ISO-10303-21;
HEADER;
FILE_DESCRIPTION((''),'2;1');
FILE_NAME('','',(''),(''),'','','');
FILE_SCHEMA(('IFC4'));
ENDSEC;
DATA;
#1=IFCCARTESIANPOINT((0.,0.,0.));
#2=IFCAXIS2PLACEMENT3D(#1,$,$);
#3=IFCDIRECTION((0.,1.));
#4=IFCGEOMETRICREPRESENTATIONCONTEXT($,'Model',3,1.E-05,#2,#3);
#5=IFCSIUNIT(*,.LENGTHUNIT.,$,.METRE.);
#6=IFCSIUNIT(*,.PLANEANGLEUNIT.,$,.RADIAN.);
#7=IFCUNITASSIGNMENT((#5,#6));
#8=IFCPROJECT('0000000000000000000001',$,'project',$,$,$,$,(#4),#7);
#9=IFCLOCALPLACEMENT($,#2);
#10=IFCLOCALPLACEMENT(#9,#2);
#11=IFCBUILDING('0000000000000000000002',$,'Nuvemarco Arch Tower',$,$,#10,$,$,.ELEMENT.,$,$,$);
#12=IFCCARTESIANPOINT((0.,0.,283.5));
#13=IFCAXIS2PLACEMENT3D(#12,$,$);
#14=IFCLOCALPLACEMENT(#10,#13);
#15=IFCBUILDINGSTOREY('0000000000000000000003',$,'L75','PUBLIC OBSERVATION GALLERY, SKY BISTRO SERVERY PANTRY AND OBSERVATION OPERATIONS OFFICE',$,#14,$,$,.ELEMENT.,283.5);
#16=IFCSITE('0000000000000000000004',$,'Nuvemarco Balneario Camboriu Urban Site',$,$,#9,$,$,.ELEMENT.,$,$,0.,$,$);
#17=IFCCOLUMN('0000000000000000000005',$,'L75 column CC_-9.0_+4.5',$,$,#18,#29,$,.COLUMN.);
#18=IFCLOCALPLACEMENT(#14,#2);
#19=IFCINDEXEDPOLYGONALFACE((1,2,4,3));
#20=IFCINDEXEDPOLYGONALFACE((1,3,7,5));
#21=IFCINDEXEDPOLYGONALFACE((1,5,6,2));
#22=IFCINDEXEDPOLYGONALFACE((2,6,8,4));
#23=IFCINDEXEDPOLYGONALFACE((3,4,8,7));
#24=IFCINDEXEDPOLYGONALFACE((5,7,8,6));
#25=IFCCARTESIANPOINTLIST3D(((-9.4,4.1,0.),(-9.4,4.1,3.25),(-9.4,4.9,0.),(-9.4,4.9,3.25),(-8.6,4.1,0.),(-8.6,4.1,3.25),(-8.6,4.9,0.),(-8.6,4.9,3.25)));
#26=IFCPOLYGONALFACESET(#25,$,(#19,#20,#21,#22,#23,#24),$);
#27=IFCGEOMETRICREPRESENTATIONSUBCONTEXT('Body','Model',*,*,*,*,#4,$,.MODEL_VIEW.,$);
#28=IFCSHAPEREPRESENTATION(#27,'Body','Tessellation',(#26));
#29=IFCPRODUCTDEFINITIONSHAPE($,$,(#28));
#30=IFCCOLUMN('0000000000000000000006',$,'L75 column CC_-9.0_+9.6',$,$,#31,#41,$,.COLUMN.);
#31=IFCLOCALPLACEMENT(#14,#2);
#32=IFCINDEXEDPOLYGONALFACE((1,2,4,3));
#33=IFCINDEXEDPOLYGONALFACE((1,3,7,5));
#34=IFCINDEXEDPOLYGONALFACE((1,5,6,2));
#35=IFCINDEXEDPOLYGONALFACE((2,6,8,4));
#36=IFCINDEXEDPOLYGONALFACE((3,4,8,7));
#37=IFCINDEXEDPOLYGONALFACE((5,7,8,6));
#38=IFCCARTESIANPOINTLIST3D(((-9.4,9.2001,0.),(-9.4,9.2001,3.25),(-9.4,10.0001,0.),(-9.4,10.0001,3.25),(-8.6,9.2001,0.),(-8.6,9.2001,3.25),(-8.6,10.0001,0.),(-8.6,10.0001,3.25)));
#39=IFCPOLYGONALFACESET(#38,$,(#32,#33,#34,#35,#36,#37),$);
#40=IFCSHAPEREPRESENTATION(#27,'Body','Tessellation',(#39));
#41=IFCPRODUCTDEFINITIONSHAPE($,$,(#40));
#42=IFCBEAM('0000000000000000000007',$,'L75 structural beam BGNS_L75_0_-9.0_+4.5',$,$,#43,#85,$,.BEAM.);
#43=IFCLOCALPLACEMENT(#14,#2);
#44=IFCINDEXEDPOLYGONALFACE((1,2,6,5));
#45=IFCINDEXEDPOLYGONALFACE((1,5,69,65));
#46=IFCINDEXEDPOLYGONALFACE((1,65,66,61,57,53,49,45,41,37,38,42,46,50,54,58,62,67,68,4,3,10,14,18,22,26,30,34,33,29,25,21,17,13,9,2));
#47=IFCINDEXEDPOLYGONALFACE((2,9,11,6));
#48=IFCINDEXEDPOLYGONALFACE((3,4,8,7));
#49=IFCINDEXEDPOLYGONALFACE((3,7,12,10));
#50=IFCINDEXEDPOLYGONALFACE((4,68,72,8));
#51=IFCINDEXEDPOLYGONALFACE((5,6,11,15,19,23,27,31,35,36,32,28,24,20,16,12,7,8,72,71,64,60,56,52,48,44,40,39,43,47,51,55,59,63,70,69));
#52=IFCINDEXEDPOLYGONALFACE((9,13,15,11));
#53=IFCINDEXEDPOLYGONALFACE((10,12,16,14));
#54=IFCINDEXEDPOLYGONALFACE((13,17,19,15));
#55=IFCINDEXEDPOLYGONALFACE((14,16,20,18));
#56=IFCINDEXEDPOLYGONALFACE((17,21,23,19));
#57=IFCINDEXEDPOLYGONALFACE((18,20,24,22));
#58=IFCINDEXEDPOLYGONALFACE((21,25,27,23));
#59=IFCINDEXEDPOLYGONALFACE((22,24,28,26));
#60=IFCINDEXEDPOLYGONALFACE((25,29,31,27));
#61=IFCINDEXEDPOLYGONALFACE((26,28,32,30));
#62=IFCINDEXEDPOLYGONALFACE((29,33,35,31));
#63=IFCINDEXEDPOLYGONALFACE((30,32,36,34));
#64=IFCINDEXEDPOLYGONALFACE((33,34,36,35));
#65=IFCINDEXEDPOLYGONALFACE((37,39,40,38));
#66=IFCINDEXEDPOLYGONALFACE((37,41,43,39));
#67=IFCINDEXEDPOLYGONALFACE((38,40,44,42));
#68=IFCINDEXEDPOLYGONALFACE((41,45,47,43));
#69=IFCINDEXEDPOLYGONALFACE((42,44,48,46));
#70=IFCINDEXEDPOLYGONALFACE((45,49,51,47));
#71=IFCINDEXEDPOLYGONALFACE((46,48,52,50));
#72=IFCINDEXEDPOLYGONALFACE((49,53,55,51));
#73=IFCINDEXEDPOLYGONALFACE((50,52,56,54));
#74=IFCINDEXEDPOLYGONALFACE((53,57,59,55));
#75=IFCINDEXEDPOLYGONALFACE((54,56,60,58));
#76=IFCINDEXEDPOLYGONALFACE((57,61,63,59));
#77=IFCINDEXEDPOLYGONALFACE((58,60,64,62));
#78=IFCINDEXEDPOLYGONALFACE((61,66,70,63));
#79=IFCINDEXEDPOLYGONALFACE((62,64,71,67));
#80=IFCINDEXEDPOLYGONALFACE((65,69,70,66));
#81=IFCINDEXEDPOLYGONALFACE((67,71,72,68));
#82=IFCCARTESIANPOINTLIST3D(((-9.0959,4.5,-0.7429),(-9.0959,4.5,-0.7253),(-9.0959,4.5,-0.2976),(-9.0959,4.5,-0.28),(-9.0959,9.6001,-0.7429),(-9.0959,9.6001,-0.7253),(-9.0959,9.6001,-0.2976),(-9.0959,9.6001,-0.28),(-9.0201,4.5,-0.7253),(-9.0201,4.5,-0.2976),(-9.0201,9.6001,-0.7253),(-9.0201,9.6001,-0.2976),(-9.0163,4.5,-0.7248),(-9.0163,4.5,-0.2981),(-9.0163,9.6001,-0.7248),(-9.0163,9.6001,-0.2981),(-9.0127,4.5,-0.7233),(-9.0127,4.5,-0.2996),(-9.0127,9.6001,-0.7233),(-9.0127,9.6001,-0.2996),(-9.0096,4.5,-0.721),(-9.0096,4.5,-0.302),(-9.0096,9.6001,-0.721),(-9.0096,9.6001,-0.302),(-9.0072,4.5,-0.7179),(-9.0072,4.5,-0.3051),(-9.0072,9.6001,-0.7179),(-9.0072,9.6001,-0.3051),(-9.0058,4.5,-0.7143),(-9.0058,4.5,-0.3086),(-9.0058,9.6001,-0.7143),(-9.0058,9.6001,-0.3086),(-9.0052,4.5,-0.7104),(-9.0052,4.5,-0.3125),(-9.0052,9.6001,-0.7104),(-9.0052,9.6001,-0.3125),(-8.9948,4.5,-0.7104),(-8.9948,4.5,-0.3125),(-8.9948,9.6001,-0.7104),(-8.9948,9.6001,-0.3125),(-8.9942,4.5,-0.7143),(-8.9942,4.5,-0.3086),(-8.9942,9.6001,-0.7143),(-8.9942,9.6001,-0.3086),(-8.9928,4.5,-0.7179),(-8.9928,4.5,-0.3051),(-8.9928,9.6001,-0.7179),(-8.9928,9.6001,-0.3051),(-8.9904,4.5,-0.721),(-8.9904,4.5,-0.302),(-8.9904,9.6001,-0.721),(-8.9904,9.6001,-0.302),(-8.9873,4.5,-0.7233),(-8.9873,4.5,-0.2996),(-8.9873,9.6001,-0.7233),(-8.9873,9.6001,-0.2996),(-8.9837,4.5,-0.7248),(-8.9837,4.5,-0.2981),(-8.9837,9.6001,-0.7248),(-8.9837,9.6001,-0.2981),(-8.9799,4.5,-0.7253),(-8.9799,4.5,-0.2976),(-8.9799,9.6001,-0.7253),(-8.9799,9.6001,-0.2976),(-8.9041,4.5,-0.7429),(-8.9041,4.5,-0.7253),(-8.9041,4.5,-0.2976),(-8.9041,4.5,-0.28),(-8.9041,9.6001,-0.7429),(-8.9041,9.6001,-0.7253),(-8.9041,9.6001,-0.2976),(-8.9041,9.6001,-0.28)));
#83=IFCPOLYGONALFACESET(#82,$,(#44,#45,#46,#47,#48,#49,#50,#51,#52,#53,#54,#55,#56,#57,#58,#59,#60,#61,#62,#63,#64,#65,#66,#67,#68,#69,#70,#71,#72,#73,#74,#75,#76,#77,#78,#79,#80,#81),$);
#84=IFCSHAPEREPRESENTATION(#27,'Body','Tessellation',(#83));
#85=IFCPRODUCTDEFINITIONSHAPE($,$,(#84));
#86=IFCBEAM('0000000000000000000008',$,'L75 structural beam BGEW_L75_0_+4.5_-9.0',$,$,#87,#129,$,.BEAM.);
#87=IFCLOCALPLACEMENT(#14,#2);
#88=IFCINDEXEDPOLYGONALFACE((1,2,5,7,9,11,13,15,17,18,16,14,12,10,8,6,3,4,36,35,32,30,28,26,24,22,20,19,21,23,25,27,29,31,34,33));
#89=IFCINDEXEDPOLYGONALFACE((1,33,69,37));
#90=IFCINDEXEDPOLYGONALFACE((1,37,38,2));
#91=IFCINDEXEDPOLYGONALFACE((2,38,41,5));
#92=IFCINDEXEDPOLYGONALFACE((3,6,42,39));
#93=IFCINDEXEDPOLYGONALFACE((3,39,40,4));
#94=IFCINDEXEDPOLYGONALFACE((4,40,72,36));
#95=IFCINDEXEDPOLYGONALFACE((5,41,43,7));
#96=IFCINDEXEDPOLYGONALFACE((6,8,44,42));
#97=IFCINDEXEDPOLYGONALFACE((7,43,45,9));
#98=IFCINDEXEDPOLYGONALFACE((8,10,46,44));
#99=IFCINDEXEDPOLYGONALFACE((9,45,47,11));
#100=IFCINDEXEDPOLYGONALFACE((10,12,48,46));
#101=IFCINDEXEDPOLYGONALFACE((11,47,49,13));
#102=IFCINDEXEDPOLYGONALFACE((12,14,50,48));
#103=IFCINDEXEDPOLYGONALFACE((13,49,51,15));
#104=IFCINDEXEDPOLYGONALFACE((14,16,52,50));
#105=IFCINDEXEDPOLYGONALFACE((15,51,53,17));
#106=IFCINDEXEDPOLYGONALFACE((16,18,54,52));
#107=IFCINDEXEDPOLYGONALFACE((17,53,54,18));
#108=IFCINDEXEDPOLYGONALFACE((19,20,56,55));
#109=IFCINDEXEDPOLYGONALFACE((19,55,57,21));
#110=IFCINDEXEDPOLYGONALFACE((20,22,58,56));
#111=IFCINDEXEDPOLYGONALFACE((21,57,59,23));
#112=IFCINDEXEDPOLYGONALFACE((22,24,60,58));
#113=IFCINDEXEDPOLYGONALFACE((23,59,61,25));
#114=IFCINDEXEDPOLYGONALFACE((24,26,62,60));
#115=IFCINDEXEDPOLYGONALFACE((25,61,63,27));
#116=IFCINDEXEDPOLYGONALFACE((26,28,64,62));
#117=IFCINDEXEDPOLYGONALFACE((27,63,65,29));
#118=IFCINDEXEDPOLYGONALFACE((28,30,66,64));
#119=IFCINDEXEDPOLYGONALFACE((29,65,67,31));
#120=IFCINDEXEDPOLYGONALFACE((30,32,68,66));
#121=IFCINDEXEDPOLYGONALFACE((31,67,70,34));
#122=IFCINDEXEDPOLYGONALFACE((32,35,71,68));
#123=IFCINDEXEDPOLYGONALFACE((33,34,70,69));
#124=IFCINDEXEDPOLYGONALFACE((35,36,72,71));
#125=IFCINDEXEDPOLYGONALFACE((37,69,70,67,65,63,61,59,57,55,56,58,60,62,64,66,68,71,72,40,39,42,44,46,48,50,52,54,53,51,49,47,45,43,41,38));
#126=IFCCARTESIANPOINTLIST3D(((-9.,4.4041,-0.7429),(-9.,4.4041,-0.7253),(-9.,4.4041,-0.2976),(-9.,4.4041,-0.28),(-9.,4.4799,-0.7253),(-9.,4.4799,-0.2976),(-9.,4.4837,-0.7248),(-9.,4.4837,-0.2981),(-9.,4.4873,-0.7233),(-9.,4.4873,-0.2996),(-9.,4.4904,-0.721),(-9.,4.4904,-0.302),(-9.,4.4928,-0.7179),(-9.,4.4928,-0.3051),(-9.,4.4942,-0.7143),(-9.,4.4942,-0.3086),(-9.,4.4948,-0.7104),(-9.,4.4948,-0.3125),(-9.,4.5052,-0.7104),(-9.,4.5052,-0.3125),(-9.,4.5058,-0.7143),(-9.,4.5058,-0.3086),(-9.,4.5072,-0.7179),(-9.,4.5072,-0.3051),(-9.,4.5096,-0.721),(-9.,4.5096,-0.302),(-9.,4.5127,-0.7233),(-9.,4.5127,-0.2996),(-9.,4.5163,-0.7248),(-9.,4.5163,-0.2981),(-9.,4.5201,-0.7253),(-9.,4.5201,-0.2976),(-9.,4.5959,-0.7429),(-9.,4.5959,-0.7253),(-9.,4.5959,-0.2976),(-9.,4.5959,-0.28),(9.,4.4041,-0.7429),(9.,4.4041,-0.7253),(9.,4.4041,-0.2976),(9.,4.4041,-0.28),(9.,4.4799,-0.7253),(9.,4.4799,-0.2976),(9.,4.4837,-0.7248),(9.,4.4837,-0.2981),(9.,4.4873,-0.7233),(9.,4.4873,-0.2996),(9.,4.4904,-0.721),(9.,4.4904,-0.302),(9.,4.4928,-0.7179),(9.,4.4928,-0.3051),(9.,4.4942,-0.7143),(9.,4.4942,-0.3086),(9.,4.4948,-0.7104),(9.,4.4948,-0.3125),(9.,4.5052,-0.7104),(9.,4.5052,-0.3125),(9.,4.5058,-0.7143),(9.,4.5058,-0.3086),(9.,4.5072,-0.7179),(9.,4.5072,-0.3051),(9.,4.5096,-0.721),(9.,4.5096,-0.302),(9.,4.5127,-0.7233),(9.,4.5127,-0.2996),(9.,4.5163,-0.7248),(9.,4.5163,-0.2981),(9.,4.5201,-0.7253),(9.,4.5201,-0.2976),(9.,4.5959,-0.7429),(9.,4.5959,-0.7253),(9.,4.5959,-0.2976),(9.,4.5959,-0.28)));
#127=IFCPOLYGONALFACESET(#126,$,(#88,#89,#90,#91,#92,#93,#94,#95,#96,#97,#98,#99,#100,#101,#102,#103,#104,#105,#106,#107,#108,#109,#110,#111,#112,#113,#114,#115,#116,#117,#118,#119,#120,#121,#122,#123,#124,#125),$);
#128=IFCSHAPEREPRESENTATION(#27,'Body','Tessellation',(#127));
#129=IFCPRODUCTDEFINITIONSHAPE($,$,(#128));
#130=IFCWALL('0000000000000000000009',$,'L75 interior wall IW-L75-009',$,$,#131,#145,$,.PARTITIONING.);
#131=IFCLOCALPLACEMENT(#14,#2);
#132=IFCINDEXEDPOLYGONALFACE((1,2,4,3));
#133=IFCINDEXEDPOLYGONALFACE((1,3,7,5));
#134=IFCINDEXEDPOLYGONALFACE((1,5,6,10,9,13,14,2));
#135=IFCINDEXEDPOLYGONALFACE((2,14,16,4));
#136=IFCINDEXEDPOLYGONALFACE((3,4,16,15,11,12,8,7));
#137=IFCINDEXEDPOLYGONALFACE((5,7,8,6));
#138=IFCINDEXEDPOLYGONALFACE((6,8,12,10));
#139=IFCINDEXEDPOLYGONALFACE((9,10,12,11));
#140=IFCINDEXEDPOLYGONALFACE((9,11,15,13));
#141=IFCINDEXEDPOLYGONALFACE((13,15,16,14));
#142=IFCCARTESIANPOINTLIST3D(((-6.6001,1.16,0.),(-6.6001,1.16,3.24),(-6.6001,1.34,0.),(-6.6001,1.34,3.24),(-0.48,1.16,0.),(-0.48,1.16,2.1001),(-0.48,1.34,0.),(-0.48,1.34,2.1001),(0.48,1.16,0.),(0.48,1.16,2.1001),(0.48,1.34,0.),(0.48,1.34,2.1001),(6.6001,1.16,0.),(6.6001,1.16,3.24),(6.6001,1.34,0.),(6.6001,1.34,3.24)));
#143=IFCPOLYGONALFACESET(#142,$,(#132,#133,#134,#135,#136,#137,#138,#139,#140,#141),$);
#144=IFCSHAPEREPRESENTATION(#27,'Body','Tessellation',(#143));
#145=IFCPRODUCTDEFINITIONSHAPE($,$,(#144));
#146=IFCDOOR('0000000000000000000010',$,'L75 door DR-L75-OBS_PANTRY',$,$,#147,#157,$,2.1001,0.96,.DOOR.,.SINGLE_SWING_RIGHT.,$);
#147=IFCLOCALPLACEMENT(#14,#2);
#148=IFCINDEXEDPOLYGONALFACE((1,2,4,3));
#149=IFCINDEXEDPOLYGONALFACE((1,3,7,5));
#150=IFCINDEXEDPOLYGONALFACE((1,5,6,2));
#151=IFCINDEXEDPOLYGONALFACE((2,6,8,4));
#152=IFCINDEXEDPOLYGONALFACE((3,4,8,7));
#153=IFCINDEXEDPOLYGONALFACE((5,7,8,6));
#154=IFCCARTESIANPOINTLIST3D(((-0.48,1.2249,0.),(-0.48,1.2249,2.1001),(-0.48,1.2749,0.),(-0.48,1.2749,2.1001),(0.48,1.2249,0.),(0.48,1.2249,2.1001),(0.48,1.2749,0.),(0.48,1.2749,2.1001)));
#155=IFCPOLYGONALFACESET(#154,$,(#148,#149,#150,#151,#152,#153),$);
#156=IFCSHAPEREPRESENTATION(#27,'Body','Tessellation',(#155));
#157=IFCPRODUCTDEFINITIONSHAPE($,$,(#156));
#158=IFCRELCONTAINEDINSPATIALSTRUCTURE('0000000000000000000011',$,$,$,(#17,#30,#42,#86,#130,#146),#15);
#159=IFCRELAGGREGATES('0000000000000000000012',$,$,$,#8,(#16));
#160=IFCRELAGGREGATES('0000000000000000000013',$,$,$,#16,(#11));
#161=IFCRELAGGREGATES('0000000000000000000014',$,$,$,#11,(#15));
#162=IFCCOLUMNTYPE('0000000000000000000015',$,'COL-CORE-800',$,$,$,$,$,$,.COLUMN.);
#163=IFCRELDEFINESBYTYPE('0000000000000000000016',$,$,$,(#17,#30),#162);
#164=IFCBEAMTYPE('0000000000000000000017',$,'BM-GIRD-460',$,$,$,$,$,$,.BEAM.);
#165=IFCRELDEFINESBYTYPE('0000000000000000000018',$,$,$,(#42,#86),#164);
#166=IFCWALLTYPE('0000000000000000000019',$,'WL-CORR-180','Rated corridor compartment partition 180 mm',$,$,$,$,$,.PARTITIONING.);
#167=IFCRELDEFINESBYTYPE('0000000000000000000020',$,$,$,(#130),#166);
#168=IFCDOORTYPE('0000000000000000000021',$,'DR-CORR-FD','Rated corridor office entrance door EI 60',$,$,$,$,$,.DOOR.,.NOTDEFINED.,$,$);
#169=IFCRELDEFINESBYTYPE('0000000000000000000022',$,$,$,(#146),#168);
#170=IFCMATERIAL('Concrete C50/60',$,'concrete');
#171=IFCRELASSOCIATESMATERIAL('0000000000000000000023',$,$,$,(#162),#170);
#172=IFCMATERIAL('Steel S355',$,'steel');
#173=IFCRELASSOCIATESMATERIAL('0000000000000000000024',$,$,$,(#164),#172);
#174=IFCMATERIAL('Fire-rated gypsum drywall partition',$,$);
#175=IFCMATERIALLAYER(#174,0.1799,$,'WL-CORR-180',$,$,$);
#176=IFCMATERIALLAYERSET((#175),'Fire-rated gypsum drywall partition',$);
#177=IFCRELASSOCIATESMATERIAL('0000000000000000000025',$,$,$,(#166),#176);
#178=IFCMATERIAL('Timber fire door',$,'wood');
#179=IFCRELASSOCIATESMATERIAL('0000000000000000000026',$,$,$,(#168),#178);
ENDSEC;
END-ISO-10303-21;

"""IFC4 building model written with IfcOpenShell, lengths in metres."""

from ifc_helpers import new_model, si_unit, direction, frame, frame_2d, origin, origin_2d, place, context, subcontext, project, spatial, rectangle, i_section, extrude, source, transform, mapped, material, layer, layer_set, material_profile, profile_set, type_object, type_shapes, element, fill, save


model = new_model("IFC4")

# Units and contexts
model_context = context("Model", 3, precision=1e-05, world=origin(), true_north=direction((0.0, 1.0)))
body_context = subcontext(model_context, "Body", "Model", "MODEL_VIEW")
ifc_project = project(units=[si_unit("LENGTHUNIT", "METRE"), si_unit("PLANEANGLEUNIT", "RADIAN")], contexts=[model_context])

# Site, building, storey
site_placement = place(None, origin())
site = spatial("IfcSite", under=ifc_project, at=site_placement, Name="Nuvemarco Balneario Camboriu Urban Site", CompositionType="ELEMENT", RefElevation=0.0)
building_placement = place(site_placement, origin())
building = spatial("IfcBuilding", under=site, at=building_placement, Name="Nuvemarco Arch Tower", CompositionType="ELEMENT")
storey_placement = place(building_placement, frame((0.0, 0.0, 283.5)))
storey = spatial("IfcBuildingStorey", under=building, at=storey_placement, Name="L75", Description="PUBLIC OBSERVATION GALLERY, SKY BISTRO SERVERY PANTRY AND OBSERVATION OPERATIONS OFFICE", CompositionType="ELEMENT", Elevation=283.5)

# Columns
ifc_material_1 = material(Name="Concrete C50/60", Category="concrete")
ifc_material_profile_1 = material_profile(ifc_material_1, rectangle(XDim=0.8, YDim=0.8, at=origin_2d()), Name="RC-COL-800x800")
ifc_profile_set_1 = profile_set([ifc_material_profile_1], Name="Concrete C50/60")
column_type = type_object("IfcColumnType", Name="COL-CORE-800", PredefinedType="COLUMN", material=ifc_profile_set_1)
for number, where, z_axis, x_axis, name in (
    (1, (-9.0, 4.5, 0.0), (0.0, 0.0, 1.0), (1.0, 0.0, 0.0), "L75 column CC_-9.0_+4.5"),
    (2, (-9.0, 9.6001, 0.0), (0.0, 0.0, 1.0), (1.0, 0.0, 0.0), "L75 column CC_-9.0_+9.6"),
):
    element("IfcColumn", number, at=place(storey_placement, frame(where, z_axis=z_axis, x_axis=x_axis)), inside=storey, type_object=column_type, Name=name, PredefinedType="COLUMN", context=body_context, shape_type="SweptSolid", body=[
        extrude(rectangle(XDim=0.8, YDim=0.8, at=origin_2d()), origin(), (0.0, 0.0, 1.0), 3.25),
    ])

# Beams
ifc_material_2 = material(Name="Steel S355", Category="steel")
ifc_material_profile_2 = material_profile(ifc_material_2, i_section(OverallWidth=0.1919, OverallDepth=0.4629, WebThickness=0.0105, FlangeThickness=0.0176, FilletRadius=0.0149, at=origin_2d()), Name="W460x89")
ifc_profile_set_2 = profile_set([ifc_material_profile_2], Name="Steel S355")
beam_type = type_object("IfcBeamType", Name="BM-GIRD-460", PredefinedType="BEAM", material=ifc_profile_set_2)
beam_1_placement = place(storey_placement, frame((-9.0, 4.5, -0.5115), z_axis=(0.0, 1.0, 0.0), x_axis=(-1.0, 0.0, 0.0)))
element("IfcBeam", 3, at=beam_1_placement, inside=storey, type_object=beam_type, Name="L75 structural beam BGNS_L75_0_-9.0_+4.5", PredefinedType="BEAM", context=body_context, shape_type="SweptSolid", body=[
    extrude(i_section(OverallWidth=0.1919, OverallDepth=0.4629, WebThickness=0.0105, FlangeThickness=0.0176, FilletRadius=0.0149, at=origin_2d()), origin(), (0.0, 0.0, 1.0), 5.1001),
])
beam_2_placement = place(storey_placement, frame((-9.0, 4.5, -0.5115), z_axis=(1.0, 0.0, 0.0), x_axis=(0.0, 1.0, 0.0)))
element("IfcBeam", 4, at=beam_2_placement, inside=storey, type_object=beam_type, Name="L75 structural beam BGEW_L75_0_+4.5_-9.0", PredefinedType="BEAM", context=body_context, shape_type="SweptSolid", body=[
    extrude(i_section(OverallWidth=0.1919, OverallDepth=0.4629, WebThickness=0.0105, FlangeThickness=0.0176, FilletRadius=0.0149, at=origin_2d()), origin(), (0.0, 0.0, 1.0), 18.0),
])

# Wall, opening, door
ifc_material_3 = material(Name="Fire-rated gypsum drywall partition")
ifc_layer_1 = layer(ifc_material_3, 0.1799, Name="WL-CORR-180")
ifc_layer_set_1 = layer_set([ifc_layer_1], Name="Fire-rated gypsum drywall partition")
wall_type_1 = type_object("IfcWallType", Name="WL-CORR-180", Description="Rated corridor compartment partition 180 mm", PredefinedType="PARTITIONING", material=ifc_layer_set_1)
wall_1_placement = place(storey_placement, frame((-6.6001, 1.25, 0.0), z_axis=(0.0, 0.0, 1.0), x_axis=(1.0, 0.0, 0.0)))
wall_1 = element("IfcWall", 5, at=wall_1_placement, inside=storey, type_object=wall_type_1, Name="L75 interior wall IW-L75-009", PredefinedType="PARTITIONING", context=body_context, shape_type="SweptSolid", body=[
    extrude(rectangle(XDim=13.2002, YDim=0.1799, at=frame_2d((6.6001, 0.0))), origin(), (0.0, 0.0, 1.0), 3.24),
])
opening_1_placement = place(wall_1_placement, frame((6.1201, 0.0, 0.0)))
opening_1 = element("IfcOpeningElement", 6, at=opening_1_placement, cuts=wall_1, PredefinedType="OPENING", context=body_context, shape_type="SweptSolid", body=[
    extrude(rectangle(XDim=0.96, YDim=2.1001, at=frame_2d((0.48, 1.05))), frame((0.0, 0.0999, 0.0), z_axis=(0.0, -1.0, 0.0), x_axis=(1.0, 0.0, 0.0)), (0.0, 0.0, 1.0), 0.2),
])
ifc_material_4 = material(Name="Timber fire door", Category="wood")
door_type_1 = type_object("IfcDoorType", Name="DR-CORR-FD", Description="Rated corridor office entrance door EI 60", OperationType="NOTDEFINED", PredefinedType="DOOR", material=ifc_material_4)
shared_shape_1 = source(origin(), body_context, "Body", "SweptSolid", [
    extrude(rectangle(XDim=0.96, YDim=2.1001, at=frame_2d((0.48, 1.05))), frame((0.0, 0.0249, 0.0), z_axis=(0.0, -1.0, 0.0), x_axis=(1.0, 0.0, 0.0)), (0.0, 0.0, 1.0), 0.05),
])
type_shapes(door_type_1, [shared_shape_1])
door_1_placement = place(opening_1_placement, origin())
door_1 = element("IfcDoor", 7, at=door_1_placement, inside=storey, type_object=door_type_1, Name="L75 door DR-L75-OBS_PANTRY", OperationType="SINGLE_SWING_RIGHT", OverallHeight=2.1001, OverallWidth=0.96, PredefinedType="DOOR", context=body_context, shape_type="MappedRepresentation", body=[
    mapped(shared_shape_1, transform((0.0, 0.0, 0.0), scale=1.0)),
])
fill(opening_1, door_1)

save(model, "model.ifc")
